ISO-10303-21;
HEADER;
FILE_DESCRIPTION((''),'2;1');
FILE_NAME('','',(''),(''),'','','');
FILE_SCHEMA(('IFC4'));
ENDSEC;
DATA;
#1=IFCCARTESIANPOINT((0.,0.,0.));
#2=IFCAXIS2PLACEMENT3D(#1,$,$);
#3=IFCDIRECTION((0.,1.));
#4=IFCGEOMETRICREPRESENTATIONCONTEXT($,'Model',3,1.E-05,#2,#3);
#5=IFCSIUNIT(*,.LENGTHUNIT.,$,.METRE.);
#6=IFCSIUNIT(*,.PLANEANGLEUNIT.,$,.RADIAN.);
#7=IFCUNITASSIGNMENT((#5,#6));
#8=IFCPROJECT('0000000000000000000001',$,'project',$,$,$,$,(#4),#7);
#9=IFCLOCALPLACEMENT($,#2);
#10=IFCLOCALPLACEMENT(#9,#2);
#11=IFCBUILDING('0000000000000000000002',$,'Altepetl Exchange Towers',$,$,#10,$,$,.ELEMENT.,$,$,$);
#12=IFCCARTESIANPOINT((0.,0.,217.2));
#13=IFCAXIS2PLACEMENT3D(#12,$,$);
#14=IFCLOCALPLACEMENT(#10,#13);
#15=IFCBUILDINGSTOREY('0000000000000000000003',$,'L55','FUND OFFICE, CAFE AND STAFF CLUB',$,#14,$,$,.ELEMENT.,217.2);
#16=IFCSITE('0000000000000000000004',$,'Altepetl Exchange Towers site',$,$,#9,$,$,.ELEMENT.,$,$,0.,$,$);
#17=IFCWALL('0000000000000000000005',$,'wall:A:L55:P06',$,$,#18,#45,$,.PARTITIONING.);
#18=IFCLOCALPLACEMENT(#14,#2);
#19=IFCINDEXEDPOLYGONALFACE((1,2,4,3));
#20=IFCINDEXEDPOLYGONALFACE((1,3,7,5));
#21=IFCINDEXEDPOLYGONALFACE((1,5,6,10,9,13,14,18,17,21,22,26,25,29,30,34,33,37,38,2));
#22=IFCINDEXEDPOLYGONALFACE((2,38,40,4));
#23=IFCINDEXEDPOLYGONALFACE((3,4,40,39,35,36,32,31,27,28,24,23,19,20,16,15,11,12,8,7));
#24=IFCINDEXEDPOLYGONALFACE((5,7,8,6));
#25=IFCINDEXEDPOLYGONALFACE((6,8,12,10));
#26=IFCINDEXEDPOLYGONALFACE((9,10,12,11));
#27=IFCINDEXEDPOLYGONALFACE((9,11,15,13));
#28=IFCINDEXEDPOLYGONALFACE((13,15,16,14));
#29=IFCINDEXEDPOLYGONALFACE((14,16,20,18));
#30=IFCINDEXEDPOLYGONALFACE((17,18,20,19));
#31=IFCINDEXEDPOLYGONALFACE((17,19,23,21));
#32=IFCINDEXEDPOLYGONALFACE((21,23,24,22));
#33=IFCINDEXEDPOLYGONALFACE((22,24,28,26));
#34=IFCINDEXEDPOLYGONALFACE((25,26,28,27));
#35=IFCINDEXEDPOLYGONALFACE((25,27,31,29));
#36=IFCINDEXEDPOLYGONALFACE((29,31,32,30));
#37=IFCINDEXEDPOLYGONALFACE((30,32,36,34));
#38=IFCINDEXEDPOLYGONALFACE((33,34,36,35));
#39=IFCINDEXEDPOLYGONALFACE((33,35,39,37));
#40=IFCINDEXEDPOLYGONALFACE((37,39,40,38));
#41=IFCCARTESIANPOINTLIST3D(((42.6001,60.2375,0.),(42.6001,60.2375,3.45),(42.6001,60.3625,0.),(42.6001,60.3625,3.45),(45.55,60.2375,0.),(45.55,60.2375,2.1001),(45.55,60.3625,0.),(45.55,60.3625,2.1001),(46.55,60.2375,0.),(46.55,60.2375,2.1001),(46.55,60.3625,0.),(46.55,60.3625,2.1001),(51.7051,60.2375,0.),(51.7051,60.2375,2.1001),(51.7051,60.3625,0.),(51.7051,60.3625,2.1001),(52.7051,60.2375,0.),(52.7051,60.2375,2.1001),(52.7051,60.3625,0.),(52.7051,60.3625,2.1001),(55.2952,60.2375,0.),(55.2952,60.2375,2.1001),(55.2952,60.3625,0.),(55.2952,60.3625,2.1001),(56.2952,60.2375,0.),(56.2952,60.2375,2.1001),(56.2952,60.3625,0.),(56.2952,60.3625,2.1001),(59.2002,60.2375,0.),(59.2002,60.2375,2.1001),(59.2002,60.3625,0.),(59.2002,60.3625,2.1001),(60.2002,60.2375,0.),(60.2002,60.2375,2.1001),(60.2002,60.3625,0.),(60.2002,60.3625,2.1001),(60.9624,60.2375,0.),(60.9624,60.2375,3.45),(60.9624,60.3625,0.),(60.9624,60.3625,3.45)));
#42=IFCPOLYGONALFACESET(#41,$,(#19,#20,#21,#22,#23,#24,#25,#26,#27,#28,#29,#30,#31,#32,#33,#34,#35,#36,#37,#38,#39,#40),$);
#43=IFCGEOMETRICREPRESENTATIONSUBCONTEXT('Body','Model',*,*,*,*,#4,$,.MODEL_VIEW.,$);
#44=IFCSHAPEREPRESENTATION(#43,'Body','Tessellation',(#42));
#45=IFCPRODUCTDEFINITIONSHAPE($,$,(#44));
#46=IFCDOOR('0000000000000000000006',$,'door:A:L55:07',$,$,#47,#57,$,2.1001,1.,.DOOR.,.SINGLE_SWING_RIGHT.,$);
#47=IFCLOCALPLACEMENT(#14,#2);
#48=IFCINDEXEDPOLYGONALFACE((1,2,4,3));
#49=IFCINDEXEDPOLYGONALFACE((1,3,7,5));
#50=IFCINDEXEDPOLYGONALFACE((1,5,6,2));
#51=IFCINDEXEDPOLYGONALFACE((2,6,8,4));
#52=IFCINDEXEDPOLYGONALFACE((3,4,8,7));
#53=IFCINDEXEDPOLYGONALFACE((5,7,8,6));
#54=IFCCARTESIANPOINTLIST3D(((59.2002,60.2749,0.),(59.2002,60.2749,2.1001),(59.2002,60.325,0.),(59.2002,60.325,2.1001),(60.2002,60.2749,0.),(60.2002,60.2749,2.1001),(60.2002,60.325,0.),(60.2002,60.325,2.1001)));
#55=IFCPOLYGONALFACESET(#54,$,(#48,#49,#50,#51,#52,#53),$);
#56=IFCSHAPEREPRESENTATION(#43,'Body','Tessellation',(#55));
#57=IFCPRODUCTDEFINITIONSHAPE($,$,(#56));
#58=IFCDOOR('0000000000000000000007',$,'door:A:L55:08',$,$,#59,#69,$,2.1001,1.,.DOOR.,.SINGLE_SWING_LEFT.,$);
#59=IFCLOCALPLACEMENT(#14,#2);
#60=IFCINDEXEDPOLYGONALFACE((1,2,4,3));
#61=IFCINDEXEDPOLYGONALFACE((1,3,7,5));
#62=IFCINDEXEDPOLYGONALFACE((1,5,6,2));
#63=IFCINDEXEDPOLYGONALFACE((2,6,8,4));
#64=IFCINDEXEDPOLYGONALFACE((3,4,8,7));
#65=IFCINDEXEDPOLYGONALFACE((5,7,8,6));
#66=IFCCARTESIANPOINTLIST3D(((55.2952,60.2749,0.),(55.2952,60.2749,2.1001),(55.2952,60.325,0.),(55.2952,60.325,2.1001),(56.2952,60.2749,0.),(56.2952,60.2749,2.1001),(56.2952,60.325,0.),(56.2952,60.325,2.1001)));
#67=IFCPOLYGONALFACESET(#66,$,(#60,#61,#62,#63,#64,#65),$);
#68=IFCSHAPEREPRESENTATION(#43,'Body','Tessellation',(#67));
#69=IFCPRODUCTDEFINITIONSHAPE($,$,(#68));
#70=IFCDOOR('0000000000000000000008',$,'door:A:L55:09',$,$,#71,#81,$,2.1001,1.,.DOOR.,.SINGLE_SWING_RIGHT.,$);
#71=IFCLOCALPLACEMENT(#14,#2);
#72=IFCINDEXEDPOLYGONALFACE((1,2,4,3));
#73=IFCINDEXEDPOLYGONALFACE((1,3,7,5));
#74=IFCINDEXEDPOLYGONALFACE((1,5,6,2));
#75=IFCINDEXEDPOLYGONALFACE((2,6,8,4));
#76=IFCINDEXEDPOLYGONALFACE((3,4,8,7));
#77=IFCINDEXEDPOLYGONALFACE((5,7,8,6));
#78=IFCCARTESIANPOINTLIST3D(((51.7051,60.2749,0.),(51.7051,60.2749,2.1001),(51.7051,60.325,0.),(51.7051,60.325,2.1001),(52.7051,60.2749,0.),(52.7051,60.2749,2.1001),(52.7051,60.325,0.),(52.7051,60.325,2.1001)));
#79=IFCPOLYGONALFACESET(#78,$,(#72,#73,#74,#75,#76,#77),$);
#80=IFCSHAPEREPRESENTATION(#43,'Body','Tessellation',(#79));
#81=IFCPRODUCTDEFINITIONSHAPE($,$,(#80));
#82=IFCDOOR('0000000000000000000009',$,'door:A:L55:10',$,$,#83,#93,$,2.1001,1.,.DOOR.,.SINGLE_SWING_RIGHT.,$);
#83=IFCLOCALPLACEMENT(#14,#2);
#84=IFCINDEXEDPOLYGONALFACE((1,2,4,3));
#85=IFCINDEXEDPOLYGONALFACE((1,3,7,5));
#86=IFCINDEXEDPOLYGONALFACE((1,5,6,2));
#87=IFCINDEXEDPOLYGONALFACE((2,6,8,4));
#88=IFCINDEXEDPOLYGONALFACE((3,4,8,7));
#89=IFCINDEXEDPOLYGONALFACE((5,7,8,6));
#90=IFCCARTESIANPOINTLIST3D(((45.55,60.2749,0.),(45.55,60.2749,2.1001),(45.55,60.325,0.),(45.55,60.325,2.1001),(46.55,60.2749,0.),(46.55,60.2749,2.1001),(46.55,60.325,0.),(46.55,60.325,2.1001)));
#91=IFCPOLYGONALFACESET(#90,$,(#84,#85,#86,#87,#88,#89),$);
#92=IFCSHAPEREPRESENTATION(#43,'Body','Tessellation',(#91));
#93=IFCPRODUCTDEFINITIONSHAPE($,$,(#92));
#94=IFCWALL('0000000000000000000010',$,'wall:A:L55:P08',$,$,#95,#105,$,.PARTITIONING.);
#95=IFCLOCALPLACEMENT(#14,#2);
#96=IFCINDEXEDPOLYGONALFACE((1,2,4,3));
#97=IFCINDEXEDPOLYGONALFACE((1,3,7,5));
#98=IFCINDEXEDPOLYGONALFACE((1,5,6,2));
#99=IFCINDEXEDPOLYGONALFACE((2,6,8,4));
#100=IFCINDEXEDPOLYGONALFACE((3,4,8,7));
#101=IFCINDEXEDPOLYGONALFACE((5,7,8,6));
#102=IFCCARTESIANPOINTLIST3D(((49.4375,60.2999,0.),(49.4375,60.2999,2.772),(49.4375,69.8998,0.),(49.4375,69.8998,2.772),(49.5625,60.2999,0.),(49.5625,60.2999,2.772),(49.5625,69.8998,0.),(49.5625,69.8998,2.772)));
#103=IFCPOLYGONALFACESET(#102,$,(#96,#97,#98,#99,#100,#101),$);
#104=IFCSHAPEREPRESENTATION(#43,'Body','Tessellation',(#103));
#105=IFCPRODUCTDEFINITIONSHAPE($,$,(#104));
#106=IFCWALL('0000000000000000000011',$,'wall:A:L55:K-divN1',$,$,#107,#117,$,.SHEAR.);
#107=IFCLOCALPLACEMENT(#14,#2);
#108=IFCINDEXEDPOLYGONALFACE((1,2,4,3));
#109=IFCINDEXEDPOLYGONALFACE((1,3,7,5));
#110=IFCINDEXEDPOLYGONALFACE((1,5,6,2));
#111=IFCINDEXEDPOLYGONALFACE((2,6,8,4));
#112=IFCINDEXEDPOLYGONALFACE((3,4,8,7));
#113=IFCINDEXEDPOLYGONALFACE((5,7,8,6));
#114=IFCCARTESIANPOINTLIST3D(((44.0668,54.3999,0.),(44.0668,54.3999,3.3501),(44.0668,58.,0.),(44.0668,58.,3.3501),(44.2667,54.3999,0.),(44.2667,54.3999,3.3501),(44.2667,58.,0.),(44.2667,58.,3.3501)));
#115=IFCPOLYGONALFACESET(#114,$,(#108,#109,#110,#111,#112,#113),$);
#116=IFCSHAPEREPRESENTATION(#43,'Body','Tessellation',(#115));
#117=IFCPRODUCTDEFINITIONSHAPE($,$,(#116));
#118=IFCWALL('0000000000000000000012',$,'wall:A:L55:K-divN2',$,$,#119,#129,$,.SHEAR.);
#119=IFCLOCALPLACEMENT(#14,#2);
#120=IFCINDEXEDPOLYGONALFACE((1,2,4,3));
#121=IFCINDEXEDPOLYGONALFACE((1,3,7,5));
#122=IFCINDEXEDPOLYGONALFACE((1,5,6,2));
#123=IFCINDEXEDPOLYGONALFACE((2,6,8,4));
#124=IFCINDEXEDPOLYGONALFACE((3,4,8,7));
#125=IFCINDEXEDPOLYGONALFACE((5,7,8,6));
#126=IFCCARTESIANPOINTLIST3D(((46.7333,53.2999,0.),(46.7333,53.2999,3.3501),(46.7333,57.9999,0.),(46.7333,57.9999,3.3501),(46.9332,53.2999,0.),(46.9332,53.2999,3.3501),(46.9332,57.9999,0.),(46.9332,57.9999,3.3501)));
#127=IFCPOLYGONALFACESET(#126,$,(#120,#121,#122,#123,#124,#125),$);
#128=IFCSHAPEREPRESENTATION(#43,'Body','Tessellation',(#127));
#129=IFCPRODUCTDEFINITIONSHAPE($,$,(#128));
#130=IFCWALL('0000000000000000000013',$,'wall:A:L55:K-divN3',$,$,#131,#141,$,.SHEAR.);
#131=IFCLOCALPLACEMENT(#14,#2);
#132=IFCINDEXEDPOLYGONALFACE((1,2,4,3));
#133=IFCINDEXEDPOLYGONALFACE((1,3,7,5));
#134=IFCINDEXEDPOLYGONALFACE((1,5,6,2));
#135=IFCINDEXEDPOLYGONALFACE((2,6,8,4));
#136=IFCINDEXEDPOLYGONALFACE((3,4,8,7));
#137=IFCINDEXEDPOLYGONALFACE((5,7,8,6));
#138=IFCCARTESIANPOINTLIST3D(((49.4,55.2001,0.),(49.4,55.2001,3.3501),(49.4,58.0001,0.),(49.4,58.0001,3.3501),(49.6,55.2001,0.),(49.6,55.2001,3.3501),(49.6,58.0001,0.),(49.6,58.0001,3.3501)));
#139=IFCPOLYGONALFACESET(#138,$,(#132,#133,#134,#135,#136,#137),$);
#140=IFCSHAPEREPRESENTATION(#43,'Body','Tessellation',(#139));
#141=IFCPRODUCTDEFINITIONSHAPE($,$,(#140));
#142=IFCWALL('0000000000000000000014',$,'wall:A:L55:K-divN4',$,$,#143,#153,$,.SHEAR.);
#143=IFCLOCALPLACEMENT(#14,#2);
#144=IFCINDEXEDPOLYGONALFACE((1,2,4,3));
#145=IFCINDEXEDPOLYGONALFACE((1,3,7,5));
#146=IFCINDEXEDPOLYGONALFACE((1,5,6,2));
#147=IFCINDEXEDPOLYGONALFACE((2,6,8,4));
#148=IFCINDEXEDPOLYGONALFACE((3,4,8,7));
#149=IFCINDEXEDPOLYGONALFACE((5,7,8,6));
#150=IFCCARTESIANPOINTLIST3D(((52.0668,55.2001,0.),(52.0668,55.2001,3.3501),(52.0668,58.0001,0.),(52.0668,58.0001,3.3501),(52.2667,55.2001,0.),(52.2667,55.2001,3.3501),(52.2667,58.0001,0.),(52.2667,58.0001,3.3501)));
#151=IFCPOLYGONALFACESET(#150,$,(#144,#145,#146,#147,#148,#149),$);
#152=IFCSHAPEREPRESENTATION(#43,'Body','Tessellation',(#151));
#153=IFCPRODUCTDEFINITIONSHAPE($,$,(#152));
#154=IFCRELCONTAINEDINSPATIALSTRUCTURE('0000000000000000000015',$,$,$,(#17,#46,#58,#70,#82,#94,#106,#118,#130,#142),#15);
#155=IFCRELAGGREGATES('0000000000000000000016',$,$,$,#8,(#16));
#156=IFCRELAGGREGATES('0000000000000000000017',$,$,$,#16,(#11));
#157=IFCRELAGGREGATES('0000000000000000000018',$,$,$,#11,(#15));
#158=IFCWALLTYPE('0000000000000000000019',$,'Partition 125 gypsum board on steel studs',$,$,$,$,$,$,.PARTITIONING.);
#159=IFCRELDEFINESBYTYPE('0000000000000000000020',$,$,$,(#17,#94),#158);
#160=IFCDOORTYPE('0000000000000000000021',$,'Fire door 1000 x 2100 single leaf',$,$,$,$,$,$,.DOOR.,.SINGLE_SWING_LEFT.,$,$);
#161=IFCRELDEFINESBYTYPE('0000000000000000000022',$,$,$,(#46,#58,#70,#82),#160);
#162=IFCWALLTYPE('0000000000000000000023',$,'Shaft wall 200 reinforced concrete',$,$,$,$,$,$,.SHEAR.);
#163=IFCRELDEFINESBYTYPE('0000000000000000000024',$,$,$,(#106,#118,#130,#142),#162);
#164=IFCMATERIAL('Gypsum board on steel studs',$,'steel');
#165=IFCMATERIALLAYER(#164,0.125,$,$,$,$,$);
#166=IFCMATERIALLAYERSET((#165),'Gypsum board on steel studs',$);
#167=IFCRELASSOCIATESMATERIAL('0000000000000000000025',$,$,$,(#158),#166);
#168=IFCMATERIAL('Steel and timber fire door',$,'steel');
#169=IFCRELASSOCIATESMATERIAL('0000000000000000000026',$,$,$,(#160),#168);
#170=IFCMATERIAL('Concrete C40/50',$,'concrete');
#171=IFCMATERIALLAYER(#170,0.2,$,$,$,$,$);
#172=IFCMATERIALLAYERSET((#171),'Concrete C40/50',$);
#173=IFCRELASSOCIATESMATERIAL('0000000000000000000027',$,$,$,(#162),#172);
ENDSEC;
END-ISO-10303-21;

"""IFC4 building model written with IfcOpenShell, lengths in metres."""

from ifc_helpers import new_model, si_unit, direction, frame, frame_2d, origin, place, context, subcontext, project, spatial, rectangle, extrude, material, layer, layer_set, type_object, element, fill, save


model = new_model("IFC4")

# Units and contexts
model_context = context("Model", 3, precision=1e-05, world=origin(), true_north=direction((0.0, 1.0)))
body_context = subcontext(model_context, "Body", "Model", "MODEL_VIEW")
ifc_project = project(units=[si_unit("LENGTHUNIT", "METRE"), si_unit("PLANEANGLEUNIT", "RADIAN")], contexts=[model_context])

# Site, building, storey
site_placement = place(None, origin())
site = spatial("IfcSite", under=ifc_project, at=site_placement, Name="Altepetl Exchange Towers site", CompositionType="ELEMENT", RefElevation=0.0)
building_placement = place(site_placement, origin())
building = spatial("IfcBuilding", under=site, at=building_placement, Name="Altepetl Exchange Towers", CompositionType="ELEMENT")
storey_placement = place(building_placement, frame((0.0, 0.0, 217.2)))
storey = spatial("IfcBuildingStorey", under=building, at=storey_placement, Name="L55", Description="FUND OFFICE, CAFE AND STAFF CLUB", CompositionType="ELEMENT", Elevation=217.2)

# Wall, openings, doors
ifc_material_1 = material(Name="Gypsum board on steel studs", Category="steel")
ifc_layer_1 = layer(ifc_material_1, 0.125)
ifc_layer_set_1 = layer_set([ifc_layer_1], Name="Gypsum board on steel studs")
wall_type_1 = type_object("IfcWallType", Name="Partition 125 gypsum board on steel studs", PredefinedType="PARTITIONING", material=ifc_layer_set_1)
wall_1_placement = place(storey_placement, frame((42.6001, 60.3, 0.0)))
wall_1 = element("IfcWall", 1, at=wall_1_placement, inside=storey, type_object=wall_type_1, Name="wall:A:L55:P06", PredefinedType="PARTITIONING", context=body_context, shape_type="SweptSolid", body=[
    extrude(rectangle(XDim=18.3623, YDim=0.125, at=frame_2d((9.1812, 0.0))), origin(), (0.0, 0.0, 1.0), 3.45),
])
opening_1_placement = place(wall_1_placement, frame((16.6001, 0.0, 0.0)))
opening_1 = element("IfcOpeningElement", 2, at=opening_1_placement, cuts=wall_1, PredefinedType="OPENING", context=body_context, shape_type="SweptSolid", body=[
    extrude(rectangle(XDim=1.0, YDim=2.1001, at=frame_2d((0.5, 1.05))), frame((0.0, 0.0725, 0.0), z_axis=(0.0, -1.0, 0.0), x_axis=(1.0, 0.0, 0.0)), (0.0, 0.0, 1.0), 0.145),
])
opening_2_placement = place(wall_1_placement, frame((12.6951, 0.0, 0.0)))
opening_2 = element("IfcOpeningElement", 3, at=opening_2_placement, cuts=wall_1, PredefinedType="OPENING", context=body_context, shape_type="SweptSolid", body=[
    extrude(rectangle(XDim=1.0, YDim=2.1001, at=frame_2d((0.5, 1.05))), frame((0.0, 0.0725, 0.0), z_axis=(0.0, -1.0, 0.0), x_axis=(1.0, 0.0, 0.0)), (0.0, 0.0, 1.0), 0.145),
])
opening_3_placement = place(wall_1_placement, frame((9.105, 0.0, 0.0)))
opening_3 = element("IfcOpeningElement", 4, at=opening_3_placement, cuts=wall_1, PredefinedType="OPENING", context=body_context, shape_type="SweptSolid", body=[
    extrude(rectangle(XDim=1.0, YDim=2.1001, at=frame_2d((0.5, 1.05))), frame((0.0, 0.0725, 0.0), z_axis=(0.0, -1.0, 0.0), x_axis=(1.0, 0.0, 0.0)), (0.0, 0.0, 1.0), 0.145),
])
opening_4_placement = place(wall_1_placement, frame((2.95, 0.0, 0.0)))
opening_4 = element("IfcOpeningElement", 5, at=opening_4_placement, cuts=wall_1, PredefinedType="OPENING", context=body_context, shape_type="SweptSolid", body=[
    extrude(rectangle(XDim=1.0, YDim=2.1001, at=frame_2d((0.5, 1.05))), frame((0.0, 0.0725, 0.0), z_axis=(0.0, -1.0, 0.0), x_axis=(1.0, 0.0, 0.0)), (0.0, 0.0, 1.0), 0.145),
])
ifc_material_2 = material(Name="Steel and timber fire door", Category="steel")
door_type_1 = type_object("IfcDoorType", Name="Fire door 1000 x 2100 single leaf", OperationType="SINGLE_SWING_LEFT", PredefinedType="DOOR", material=ifc_material_2)
door_1_placement = place(opening_1_placement, origin())
door_1 = element("IfcDoor", 6, at=door_1_placement, inside=storey, type_object=door_type_1, Name="door:A:L55:07", OperationType="SINGLE_SWING_RIGHT", OverallHeight=2.1001, OverallWidth=1.0, PredefinedType="DOOR", context=body_context, shape_type="SweptSolid", body=[
    extrude(rectangle(XDim=1.0, YDim=2.1001, at=frame_2d((0.5, 1.05))), frame((0.0, 0.0249, 0.0), z_axis=(0.0, -1.0, 0.0), x_axis=(1.0, 0.0, 0.0)), (0.0, 0.0, 1.0), 0.05),
])
fill(opening_1, door_1)
door_2_placement = place(opening_2_placement, origin())
door_2 = element("IfcDoor", 7, at=door_2_placement, inside=storey, type_object=door_type_1, Name="door:A:L55:08", OperationType="SINGLE_SWING_LEFT", OverallHeight=2.1001, OverallWidth=1.0, PredefinedType="DOOR", context=body_context, shape_type="SweptSolid", body=[
    extrude(rectangle(XDim=1.0, YDim=2.1001, at=frame_2d((0.5, 1.05))), frame((0.0, 0.0249, 0.0), z_axis=(0.0, -1.0, 0.0), x_axis=(1.0, 0.0, 0.0)), (0.0, 0.0, 1.0), 0.05),
])
fill(opening_2, door_2)
door_3_placement = place(opening_3_placement, origin())
door_3 = element("IfcDoor", 8, at=door_3_placement, inside=storey, type_object=door_type_1, Name="door:A:L55:09", OperationType="SINGLE_SWING_RIGHT", OverallHeight=2.1001, OverallWidth=1.0, PredefinedType="DOOR", context=body_context, shape_type="SweptSolid", body=[
    extrude(rectangle(XDim=1.0, YDim=2.1001, at=frame_2d((0.5, 1.05))), frame((0.0, 0.0249, 0.0), z_axis=(0.0, -1.0, 0.0), x_axis=(1.0, 0.0, 0.0)), (0.0, 0.0, 1.0), 0.05),
])
fill(opening_3, door_3)
door_4_placement = place(opening_4_placement, origin())
door_4 = element("IfcDoor", 9, at=door_4_placement, inside=storey, type_object=door_type_1, Name="door:A:L55:10", OperationType="SINGLE_SWING_RIGHT", OverallHeight=2.1001, OverallWidth=1.0, PredefinedType="DOOR", context=body_context, shape_type="SweptSolid", body=[
    extrude(rectangle(XDim=1.0, YDim=2.1001, at=frame_2d((0.5, 1.05))), frame((0.0, 0.0249, 0.0), z_axis=(0.0, -1.0, 0.0), x_axis=(1.0, 0.0, 0.0)), (0.0, 0.0, 1.0), 0.05),
])
fill(opening_4, door_4)

# Walls
wall_2_placement = place(storey_placement, frame((49.5, 60.3, 0.0), z_axis=(0.0, 0.0, 1.0), x_axis=(0.0, 1.0, 0.0)))
element("IfcWall", 10, at=wall_2_placement, inside=storey, type_object=wall_type_1, Name="wall:A:L55:P08", PredefinedType="PARTITIONING", context=body_context, shape_type="SweptSolid", body=[
    extrude(rectangle(XDim=9.5999, YDim=0.125, at=frame_2d((4.7998, 0.0))), origin(), (0.0, 0.0, 1.0), 2.772),
])
ifc_material_3 = material(Name="Concrete C40/50", Category="concrete")
ifc_layer_2 = layer(ifc_material_3, 0.2)
ifc_layer_set_2 = layer_set([ifc_layer_2], Name="Concrete C40/50")
wall_type_2 = type_object("IfcWallType", Name="Shaft wall 200 reinforced concrete", PredefinedType="SHEAR", material=ifc_layer_set_2)
wall_3_placement = place(storey_placement, frame((44.1667, 58.0, 0.0), z_axis=(0.0, 0.0, 1.0), x_axis=(0.0, -1.0, 0.0)))
element("IfcWall", 11, at=wall_3_placement, inside=storey, type_object=wall_type_2, Name="wall:A:L55:K-divN1", PredefinedType="SHEAR", context=body_context, shape_type="SweptSolid", body=[
    extrude(rectangle(XDim=3.6001, YDim=0.2, at=frame_2d((1.8, 0.0))), origin(), (0.0, 0.0, 1.0), 3.3501),
])
wall_4_placement = place(storey_placement, frame((46.8333, 58.0, 0.0), z_axis=(0.0, 0.0, 1.0), x_axis=(0.0, -1.0, 0.0)))
element("IfcWall", 12, at=wall_4_placement, inside=storey, type_object=wall_type_2, Name="wall:A:L55:K-divN2", PredefinedType="SHEAR", context=body_context, shape_type="SweptSolid", body=[
    extrude(rectangle(XDim=4.7, YDim=0.2, at=frame_2d((2.3501, 0.0))), origin(), (0.0, 0.0, 1.0), 3.3501),
])
for number, where, z_axis, x_axis, name in (
    (13, (49.5, 58.0, 0.0), (0.0, 0.0, 1.0), (0.0, -1.0, 0.0), "wall:A:L55:K-divN3"),
    (14, (52.1667, 58.0, 0.0), (0.0, 0.0, 1.0), (0.0, -1.0, 0.0), "wall:A:L55:K-divN4"),
):
    element("IfcWall", number, at=place(storey_placement, frame(where, z_axis=z_axis, x_axis=x_axis)), inside=storey, type_object=wall_type_2, Name=name, PredefinedType="SHEAR", context=body_context, shape_type="SweptSolid", body=[
        extrude(rectangle(XDim=2.8, YDim=0.2, at=frame_2d((1.3999, 0.0))), origin(), (0.0, 0.0, 1.0), 3.3501),
    ])

save(model, "model.ifc")
